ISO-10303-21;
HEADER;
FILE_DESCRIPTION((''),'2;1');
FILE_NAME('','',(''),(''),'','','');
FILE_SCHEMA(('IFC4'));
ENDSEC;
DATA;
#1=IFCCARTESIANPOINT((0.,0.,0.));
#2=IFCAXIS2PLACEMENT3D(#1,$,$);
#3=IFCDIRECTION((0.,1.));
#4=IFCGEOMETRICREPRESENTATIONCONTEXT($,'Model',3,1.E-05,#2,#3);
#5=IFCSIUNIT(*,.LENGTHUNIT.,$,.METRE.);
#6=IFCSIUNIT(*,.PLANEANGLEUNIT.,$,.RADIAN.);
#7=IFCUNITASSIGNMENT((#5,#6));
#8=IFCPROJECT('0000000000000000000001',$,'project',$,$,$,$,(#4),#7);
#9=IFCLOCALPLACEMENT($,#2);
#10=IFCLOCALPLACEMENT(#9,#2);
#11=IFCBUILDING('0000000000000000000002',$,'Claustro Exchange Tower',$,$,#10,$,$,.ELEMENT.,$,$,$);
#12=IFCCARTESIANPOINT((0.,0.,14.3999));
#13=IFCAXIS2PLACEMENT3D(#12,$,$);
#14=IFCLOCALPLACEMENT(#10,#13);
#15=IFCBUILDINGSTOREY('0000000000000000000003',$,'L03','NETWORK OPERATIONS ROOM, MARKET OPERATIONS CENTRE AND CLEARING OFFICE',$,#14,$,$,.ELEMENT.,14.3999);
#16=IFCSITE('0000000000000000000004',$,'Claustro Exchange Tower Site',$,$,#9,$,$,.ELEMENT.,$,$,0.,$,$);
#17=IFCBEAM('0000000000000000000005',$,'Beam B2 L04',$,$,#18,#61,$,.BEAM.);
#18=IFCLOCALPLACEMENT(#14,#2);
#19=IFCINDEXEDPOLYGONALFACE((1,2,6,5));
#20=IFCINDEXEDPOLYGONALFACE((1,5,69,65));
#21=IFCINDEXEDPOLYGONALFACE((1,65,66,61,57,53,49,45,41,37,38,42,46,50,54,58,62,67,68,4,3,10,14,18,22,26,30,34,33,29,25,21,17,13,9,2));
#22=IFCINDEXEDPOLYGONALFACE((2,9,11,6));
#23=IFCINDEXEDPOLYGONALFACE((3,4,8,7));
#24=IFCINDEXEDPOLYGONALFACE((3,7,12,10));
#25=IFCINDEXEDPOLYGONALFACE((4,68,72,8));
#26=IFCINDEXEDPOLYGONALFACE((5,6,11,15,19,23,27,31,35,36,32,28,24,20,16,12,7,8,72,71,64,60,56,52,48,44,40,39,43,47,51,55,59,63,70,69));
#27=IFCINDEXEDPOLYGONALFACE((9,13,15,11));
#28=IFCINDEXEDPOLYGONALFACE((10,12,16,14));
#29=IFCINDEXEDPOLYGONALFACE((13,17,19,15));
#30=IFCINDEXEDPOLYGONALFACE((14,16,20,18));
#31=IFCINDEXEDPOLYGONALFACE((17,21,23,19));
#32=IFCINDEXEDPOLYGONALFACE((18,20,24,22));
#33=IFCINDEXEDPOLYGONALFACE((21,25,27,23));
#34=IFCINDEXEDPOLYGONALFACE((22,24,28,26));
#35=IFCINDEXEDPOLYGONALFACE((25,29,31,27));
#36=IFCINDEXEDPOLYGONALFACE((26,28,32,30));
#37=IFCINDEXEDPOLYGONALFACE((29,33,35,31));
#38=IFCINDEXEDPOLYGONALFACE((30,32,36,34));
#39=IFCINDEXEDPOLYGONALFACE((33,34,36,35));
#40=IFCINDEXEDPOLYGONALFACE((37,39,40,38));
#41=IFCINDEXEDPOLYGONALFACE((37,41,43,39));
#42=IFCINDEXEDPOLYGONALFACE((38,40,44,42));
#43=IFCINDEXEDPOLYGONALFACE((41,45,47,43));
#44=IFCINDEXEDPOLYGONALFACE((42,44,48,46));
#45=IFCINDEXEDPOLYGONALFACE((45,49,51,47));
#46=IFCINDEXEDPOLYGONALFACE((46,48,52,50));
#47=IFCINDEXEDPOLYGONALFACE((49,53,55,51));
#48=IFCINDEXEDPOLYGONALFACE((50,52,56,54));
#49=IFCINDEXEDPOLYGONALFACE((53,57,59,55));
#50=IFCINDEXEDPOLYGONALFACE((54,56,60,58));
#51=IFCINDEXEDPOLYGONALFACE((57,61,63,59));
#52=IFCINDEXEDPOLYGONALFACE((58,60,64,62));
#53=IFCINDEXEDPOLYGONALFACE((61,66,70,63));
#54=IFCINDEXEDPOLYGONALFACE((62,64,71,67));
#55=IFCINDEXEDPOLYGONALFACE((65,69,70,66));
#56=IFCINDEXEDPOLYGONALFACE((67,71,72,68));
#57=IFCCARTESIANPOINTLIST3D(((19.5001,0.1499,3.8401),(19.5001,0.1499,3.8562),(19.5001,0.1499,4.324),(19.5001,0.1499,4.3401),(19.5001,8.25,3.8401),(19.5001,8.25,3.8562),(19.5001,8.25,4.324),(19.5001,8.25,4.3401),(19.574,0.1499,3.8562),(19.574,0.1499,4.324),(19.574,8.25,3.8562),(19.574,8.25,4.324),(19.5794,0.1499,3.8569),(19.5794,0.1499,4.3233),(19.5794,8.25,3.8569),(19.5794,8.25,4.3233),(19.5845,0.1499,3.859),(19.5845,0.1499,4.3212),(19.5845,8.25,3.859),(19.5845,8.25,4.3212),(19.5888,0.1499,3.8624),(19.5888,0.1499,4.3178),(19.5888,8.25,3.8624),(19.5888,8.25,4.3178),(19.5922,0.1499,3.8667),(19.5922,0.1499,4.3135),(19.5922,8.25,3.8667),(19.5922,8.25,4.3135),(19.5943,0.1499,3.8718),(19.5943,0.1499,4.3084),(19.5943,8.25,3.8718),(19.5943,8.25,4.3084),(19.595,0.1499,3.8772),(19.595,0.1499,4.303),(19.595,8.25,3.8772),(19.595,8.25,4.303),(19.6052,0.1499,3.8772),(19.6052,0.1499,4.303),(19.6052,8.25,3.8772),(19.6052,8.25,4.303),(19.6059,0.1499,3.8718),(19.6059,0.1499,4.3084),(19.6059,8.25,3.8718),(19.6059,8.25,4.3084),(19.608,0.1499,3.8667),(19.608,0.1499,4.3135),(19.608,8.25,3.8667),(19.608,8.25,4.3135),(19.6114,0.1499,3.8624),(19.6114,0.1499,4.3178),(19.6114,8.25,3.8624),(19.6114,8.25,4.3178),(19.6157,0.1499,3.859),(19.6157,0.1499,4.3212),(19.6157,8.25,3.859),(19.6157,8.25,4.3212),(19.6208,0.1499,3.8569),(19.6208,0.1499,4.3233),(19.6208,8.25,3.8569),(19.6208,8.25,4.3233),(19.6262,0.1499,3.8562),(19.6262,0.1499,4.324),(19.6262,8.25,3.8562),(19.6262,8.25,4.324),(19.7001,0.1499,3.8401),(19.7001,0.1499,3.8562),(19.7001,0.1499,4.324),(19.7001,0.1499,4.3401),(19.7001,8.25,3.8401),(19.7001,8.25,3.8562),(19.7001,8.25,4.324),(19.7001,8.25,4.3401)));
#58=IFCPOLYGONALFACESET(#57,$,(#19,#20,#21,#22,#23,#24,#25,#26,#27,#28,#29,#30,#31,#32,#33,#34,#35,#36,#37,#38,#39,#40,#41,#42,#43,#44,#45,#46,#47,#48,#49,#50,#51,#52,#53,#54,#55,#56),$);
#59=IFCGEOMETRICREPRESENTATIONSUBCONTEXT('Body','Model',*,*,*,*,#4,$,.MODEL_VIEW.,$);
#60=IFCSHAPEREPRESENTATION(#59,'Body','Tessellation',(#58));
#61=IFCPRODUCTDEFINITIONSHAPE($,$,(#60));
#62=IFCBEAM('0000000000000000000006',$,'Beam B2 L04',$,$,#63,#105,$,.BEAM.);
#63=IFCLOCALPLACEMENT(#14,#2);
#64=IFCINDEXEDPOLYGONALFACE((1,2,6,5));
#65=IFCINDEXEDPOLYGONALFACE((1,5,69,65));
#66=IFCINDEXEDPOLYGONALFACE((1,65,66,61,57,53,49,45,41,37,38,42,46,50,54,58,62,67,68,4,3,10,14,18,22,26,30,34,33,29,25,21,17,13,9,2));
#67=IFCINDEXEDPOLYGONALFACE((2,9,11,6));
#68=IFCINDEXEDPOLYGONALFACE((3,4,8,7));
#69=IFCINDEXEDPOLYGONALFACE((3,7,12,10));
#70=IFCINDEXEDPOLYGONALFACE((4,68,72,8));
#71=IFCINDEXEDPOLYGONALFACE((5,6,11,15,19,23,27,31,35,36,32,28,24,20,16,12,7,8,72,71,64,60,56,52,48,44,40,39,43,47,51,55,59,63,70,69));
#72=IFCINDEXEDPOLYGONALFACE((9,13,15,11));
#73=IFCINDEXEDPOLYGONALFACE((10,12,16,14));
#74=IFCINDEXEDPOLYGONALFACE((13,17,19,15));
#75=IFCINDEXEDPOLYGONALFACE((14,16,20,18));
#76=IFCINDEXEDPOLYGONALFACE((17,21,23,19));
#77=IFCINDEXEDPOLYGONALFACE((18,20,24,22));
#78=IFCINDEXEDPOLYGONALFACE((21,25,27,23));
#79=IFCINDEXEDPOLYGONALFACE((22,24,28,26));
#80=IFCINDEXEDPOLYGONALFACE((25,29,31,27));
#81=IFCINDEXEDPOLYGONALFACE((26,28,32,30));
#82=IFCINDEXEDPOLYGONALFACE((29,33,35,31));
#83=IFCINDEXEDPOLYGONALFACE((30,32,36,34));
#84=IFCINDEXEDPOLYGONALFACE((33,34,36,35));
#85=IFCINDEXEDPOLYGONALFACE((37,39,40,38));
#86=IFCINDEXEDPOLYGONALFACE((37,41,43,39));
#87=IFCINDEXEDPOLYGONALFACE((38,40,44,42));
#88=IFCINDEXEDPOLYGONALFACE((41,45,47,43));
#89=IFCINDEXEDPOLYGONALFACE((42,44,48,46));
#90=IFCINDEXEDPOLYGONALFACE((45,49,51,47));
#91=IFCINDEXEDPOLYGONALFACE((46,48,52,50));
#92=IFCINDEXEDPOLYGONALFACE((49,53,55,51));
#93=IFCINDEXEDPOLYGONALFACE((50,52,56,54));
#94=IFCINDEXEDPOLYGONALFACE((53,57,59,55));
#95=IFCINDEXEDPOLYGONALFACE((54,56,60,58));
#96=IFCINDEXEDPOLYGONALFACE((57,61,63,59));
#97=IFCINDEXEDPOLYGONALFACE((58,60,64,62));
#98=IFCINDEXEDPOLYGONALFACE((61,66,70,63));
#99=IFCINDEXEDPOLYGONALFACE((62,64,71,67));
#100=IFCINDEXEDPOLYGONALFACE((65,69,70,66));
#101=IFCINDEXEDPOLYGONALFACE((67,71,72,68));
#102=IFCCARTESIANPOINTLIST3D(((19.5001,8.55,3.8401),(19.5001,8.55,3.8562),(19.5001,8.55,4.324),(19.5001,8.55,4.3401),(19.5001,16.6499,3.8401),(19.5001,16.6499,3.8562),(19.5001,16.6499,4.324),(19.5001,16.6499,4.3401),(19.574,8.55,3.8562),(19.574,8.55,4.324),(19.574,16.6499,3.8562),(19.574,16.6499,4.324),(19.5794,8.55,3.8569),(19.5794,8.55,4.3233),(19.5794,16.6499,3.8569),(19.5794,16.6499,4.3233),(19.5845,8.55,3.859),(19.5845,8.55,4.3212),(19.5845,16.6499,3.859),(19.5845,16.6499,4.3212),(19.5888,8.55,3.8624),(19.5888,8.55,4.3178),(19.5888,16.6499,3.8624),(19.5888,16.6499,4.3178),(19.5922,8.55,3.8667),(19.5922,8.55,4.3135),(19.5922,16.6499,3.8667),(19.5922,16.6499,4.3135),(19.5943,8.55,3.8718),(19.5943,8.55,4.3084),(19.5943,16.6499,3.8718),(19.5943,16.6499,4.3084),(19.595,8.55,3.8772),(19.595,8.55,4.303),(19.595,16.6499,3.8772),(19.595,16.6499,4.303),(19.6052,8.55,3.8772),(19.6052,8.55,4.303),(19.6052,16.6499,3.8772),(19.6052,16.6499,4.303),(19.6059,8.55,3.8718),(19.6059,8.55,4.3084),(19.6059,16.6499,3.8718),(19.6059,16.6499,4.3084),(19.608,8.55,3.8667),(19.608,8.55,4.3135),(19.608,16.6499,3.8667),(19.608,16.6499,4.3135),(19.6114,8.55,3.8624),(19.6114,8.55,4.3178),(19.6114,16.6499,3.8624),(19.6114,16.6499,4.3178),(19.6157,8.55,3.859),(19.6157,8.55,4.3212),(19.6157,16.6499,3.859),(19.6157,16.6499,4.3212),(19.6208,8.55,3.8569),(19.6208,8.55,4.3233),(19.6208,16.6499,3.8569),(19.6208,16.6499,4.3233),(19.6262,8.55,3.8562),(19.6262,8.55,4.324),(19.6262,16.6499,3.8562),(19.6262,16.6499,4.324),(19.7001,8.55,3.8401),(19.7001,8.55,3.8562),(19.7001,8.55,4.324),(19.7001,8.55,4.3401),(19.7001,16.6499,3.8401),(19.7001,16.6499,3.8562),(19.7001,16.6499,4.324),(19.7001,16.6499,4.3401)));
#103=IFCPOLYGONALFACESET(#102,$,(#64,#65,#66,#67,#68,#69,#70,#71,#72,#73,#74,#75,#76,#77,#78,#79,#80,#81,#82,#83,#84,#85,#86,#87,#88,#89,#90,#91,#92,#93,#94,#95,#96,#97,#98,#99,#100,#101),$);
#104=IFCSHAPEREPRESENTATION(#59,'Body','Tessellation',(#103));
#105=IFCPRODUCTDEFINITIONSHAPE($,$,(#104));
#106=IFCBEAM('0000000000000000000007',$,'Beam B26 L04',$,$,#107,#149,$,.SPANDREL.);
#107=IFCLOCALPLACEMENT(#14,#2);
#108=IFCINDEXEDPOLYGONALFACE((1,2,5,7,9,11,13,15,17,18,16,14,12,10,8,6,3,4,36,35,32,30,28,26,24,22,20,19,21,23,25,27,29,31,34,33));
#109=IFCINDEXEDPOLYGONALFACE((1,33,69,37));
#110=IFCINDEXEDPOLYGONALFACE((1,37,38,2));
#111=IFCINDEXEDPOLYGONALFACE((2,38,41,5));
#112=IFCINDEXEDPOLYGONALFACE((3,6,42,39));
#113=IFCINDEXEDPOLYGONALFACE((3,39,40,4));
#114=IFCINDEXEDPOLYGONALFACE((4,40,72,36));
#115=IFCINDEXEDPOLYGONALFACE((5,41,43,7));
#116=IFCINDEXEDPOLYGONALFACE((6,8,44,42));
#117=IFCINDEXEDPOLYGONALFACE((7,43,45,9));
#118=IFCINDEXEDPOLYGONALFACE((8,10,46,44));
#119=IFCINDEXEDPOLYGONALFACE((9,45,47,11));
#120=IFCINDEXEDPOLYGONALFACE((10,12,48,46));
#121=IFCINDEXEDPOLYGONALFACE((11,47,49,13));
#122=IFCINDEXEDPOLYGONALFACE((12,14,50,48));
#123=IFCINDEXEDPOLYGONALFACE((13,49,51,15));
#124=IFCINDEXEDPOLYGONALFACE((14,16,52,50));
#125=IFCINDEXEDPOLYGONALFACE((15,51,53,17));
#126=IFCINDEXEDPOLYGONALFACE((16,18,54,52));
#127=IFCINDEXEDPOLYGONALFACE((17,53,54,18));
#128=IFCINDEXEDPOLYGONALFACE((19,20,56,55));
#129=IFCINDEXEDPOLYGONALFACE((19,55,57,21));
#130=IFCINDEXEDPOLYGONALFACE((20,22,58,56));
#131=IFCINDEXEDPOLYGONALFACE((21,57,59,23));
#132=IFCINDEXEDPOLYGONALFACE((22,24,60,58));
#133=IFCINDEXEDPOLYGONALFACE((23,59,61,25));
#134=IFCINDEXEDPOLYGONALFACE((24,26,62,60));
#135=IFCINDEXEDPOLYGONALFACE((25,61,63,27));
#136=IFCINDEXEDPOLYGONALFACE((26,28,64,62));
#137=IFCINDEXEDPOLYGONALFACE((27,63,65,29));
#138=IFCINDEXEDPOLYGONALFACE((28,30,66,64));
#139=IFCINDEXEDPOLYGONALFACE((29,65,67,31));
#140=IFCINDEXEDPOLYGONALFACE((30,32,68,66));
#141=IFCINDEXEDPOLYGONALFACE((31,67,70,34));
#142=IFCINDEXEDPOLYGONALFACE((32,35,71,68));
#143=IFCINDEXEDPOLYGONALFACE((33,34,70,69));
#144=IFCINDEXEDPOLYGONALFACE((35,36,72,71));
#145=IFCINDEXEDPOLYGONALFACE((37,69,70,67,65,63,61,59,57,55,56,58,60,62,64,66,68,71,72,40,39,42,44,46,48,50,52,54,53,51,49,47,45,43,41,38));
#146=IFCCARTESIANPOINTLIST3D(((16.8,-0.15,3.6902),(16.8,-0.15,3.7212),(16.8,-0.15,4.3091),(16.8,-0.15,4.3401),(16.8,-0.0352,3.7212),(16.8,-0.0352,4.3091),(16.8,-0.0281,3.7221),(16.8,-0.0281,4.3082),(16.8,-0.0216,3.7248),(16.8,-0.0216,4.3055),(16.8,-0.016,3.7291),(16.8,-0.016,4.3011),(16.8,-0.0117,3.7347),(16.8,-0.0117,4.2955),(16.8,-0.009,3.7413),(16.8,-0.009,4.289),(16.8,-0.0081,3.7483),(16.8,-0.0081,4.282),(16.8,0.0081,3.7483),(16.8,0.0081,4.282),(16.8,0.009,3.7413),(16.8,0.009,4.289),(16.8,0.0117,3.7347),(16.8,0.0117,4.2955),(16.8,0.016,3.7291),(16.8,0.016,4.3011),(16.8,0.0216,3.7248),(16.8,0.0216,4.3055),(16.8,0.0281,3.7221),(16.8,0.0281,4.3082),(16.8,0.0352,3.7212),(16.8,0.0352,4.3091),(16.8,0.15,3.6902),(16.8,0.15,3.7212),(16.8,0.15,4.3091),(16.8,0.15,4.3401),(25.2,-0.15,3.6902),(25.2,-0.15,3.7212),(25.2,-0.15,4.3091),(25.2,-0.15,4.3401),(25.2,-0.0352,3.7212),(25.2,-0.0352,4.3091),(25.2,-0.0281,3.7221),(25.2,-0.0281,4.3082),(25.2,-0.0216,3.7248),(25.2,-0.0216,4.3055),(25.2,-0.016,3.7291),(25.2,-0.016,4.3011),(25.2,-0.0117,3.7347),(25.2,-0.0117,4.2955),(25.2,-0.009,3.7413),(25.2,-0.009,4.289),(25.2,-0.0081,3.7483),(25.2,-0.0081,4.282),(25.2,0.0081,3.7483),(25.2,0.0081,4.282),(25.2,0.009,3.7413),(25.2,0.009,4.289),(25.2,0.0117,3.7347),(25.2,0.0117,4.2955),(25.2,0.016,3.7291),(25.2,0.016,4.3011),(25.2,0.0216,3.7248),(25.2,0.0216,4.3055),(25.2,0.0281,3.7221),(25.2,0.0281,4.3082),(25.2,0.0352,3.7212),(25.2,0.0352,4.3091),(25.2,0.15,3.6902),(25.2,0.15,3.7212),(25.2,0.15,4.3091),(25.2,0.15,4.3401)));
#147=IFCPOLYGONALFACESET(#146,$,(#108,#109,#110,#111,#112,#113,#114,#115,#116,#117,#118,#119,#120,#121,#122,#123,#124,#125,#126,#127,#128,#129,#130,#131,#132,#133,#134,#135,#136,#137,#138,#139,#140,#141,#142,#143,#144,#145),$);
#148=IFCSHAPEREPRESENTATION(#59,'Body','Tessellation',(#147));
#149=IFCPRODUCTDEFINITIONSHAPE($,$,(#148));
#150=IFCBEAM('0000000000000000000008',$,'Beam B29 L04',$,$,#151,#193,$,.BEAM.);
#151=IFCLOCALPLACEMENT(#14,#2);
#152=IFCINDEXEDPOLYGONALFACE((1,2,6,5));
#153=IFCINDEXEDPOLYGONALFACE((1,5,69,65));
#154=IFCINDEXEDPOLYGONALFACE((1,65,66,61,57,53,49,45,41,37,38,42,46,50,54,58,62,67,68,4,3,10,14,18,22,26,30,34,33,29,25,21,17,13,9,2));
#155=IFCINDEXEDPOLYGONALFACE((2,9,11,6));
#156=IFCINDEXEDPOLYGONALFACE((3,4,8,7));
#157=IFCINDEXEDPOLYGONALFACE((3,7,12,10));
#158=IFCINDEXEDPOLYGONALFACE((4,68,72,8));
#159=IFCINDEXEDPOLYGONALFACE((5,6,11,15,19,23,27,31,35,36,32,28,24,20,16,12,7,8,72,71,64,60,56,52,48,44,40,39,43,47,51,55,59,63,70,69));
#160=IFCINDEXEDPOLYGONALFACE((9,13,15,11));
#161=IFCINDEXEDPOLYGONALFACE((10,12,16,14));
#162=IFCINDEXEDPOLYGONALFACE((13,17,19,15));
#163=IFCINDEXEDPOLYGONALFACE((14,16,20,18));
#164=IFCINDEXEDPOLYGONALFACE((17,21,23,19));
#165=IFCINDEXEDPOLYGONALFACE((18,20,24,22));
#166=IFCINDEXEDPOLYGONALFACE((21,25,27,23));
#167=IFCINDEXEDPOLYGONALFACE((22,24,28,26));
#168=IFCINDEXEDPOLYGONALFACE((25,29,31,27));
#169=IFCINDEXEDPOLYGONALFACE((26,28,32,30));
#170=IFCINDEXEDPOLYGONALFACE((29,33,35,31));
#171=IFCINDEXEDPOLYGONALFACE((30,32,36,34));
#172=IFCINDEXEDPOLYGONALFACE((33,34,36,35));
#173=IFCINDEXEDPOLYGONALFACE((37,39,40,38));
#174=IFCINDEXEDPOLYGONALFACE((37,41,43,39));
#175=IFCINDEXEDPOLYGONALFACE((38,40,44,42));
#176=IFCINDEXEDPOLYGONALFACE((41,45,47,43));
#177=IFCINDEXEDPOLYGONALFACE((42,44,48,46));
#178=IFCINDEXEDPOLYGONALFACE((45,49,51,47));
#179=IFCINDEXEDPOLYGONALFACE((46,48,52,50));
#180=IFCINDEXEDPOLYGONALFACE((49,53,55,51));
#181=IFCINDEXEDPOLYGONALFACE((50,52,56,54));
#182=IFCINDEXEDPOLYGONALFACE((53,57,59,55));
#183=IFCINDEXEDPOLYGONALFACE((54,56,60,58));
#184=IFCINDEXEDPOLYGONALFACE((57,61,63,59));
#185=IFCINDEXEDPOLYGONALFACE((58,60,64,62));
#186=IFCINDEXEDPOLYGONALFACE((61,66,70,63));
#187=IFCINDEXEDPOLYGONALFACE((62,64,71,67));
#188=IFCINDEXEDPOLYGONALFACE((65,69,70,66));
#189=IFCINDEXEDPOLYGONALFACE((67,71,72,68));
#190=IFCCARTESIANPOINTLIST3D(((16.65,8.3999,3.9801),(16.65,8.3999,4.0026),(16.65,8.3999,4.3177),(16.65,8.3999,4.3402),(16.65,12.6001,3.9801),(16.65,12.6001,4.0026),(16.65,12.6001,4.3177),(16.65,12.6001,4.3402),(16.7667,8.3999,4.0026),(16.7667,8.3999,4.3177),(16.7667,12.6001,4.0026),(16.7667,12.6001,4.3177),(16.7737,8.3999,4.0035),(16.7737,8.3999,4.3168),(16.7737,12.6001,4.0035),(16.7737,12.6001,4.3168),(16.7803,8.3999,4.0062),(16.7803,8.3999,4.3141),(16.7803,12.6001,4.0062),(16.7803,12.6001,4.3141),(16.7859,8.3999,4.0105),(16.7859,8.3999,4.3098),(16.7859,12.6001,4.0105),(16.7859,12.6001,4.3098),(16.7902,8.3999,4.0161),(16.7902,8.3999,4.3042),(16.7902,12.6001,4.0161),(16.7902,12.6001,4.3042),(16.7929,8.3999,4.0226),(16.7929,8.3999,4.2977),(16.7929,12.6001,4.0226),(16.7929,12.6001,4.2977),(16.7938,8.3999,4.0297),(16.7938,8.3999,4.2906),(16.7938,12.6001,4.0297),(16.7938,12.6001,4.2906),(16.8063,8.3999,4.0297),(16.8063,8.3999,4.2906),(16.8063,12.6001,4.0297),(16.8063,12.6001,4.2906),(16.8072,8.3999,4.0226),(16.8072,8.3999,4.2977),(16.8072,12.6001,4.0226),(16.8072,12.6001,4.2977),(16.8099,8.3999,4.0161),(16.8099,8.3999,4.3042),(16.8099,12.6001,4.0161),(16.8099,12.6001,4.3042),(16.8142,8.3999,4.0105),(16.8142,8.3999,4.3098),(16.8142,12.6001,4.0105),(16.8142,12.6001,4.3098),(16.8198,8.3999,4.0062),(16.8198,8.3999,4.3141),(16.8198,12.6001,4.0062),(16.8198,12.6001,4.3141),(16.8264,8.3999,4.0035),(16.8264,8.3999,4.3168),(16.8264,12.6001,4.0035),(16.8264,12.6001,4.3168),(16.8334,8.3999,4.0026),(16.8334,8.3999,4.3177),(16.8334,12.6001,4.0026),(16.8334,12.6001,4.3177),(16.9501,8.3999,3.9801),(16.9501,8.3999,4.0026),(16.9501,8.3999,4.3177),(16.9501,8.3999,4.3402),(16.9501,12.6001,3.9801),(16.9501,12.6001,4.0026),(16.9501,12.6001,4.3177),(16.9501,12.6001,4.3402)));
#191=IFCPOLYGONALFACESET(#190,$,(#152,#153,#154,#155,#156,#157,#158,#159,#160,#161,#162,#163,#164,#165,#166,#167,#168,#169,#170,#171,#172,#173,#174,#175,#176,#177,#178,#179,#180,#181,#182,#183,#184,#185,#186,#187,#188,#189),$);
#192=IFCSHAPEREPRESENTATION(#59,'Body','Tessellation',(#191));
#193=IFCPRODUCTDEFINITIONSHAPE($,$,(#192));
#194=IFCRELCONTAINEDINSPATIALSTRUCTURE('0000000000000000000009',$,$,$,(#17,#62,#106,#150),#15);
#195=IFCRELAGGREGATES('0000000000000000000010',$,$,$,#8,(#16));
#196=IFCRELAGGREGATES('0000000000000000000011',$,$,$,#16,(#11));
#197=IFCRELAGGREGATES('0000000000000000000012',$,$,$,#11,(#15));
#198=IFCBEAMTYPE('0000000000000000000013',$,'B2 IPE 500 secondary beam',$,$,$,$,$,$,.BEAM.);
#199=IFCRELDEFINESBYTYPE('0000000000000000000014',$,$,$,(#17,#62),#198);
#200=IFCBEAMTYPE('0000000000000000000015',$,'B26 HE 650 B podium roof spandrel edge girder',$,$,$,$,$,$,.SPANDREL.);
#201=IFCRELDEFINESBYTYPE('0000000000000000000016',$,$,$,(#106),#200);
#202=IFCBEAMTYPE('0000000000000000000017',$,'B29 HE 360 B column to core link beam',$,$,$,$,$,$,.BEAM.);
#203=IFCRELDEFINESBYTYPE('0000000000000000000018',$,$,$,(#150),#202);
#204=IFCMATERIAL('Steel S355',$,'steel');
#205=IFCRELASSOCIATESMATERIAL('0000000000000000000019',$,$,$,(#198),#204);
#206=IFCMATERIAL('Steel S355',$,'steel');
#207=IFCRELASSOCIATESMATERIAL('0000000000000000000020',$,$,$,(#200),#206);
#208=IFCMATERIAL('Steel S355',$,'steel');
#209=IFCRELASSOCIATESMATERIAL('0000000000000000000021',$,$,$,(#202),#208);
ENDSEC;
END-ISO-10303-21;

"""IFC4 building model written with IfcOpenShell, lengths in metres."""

from ifc_helpers import new_model, si_unit, direction, frame, origin, origin_2d, place, context, subcontext, project, spatial, i_section, extrude, material, material_profile, profile_set, type_object, element, save


model = new_model("IFC4")

# Units and contexts
model_context = context("Model", 3, precision=1e-05, world=origin(), true_north=direction((0.0, 1.0)))
body_context = subcontext(model_context, "Body", "Model", "MODEL_VIEW")
ifc_project = project(units=[si_unit("LENGTHUNIT", "METRE"), si_unit("PLANEANGLEUNIT", "RADIAN")], contexts=[model_context])

# Site, building, storey
site_placement = place(None, origin())
site = spatial("IfcSite", under=ifc_project, at=site_placement, Name="Claustro Exchange Tower Site", CompositionType="ELEMENT", RefElevation=0.0)
building_placement = place(site_placement, origin())
building = spatial("IfcBuilding", under=site, at=building_placement, Name="Claustro Exchange Tower", CompositionType="ELEMENT")
storey_placement = place(building_placement, frame((0.0, 0.0, 14.3999)))
storey = spatial("IfcBuildingStorey", under=building, at=storey_placement, Name="L03", Description="NETWORK OPERATIONS ROOM, MARKET OPERATIONS CENTRE AND CLEARING OFFICE", CompositionType="ELEMENT", Elevation=14.3999)

# Beams
ifc_material_1 = material(Name="Steel S355", Category="steel")
ifc_material_profile_1 = material_profile(ifc_material_1, i_section(OverallWidth=0.2, OverallDepth=0.5, WebThickness=0.0103, FlangeThickness=0.0161, FilletRadius=0.021, at=origin_2d()), Name="IPE 500")
ifc_profile_set_1 = profile_set([ifc_material_profile_1], Name="Steel S355")
beam_type_1 = type_object("IfcBeamType", Name="B2 IPE 500 secondary beam", PredefinedType="BEAM", material=ifc_profile_set_1)
for number, where, z_axis, x_axis, name in (
    (1, (19.6001, 0.1499, 4.0901), (0.0, 1.0, 0.0), (-1.0, 0.0, 0.0), "Beam B2 L04"),
):
    element("IfcBeam", number, at=place(storey_placement, frame(where, z_axis=z_axis, x_axis=x_axis)), inside=storey, type_object=beam_type_1, Name=name, PredefinedType="BEAM", context=body_context, shape_type="SweptSolid", body=[
        extrude(i_section(OverallWidth=0.2, OverallDepth=0.5, WebThickness=0.0103, FlangeThickness=0.0161, FilletRadius=0.021, at=origin_2d()), origin(), (0.0, 0.0, 1.0), 8.1001),
    ])
beam_1_placement = place(storey_placement, frame((19.6001, 8.55, 4.0901), z_axis=(0.0, 1.0, 0.0), x_axis=(-1.0, 0.0, 0.0)))
element("IfcBeam", 2, at=beam_1_placement, inside=storey, type_object=beam_type_1, Name="Beam B2 L04", PredefinedType="BEAM", context=body_context, shape_type="SweptSolid", body=[
    extrude(i_section(OverallWidth=0.2, OverallDepth=0.5, WebThickness=0.0103, FlangeThickness=0.0161, FilletRadius=0.021, at=origin_2d()), origin(), (0.0, 0.0, 1.0), 8.0999),
])
ifc_material_2 = material(Name="Steel S355", Category="steel")
ifc_material_profile_2 = material_profile(ifc_material_2, i_section(OverallWidth=0.3, OverallDepth=0.6499, WebThickness=0.0161, FlangeThickness=0.031, FilletRadius=0.0271, at=origin_2d()), Name="HE 650 B")
ifc_profile_set_2 = profile_set([ifc_material_profile_2], Name="Steel S355")
beam_type_2 = type_object("IfcBeamType", Name="B26 HE 650 B podium roof spandrel edge girder", PredefinedType="SPANDREL", material=ifc_profile_set_2)
beam_2_placement = place(storey_placement, frame((16.8, 0.0, 4.0151), z_axis=(1.0, 0.0, 0.0), x_axis=(0.0, 1.0, 0.0)))
element("IfcBeam", 3, at=beam_2_placement, inside=storey, type_object=beam_type_2, Name="Beam B26 L04", PredefinedType="SPANDREL", context=body_context, shape_type="SweptSolid", body=[
    extrude(i_section(OverallWidth=0.3, OverallDepth=0.6499, WebThickness=0.0161, FlangeThickness=0.031, FilletRadius=0.0271, at=origin_2d()), origin(), (0.0, 0.0, 1.0), 8.3999),
])
ifc_material_3 = material(Name="Steel S355", Category="steel")
ifc_material_profile_3 = material_profile(ifc_material_3, i_section(OverallWidth=0.3, OverallDepth=0.3601, WebThickness=0.0125, FlangeThickness=0.0225, FilletRadius=0.0271, at=origin_2d()), Name="HE 360 B")
ifc_profile_set_3 = profile_set([ifc_material_profile_3], Name="Steel S355")
beam_type_3 = type_object("IfcBeamType", Name="B29 HE 360 B column to core link beam", PredefinedType="BEAM", material=ifc_profile_set_3)
beam_3_placement = place(storey_placement, frame((16.8, 8.3999, 4.1602), z_axis=(0.0, 1.0, 0.0), x_axis=(-1.0, 0.0, 0.0)))
element("IfcBeam", 4, at=beam_3_placement, inside=storey, type_object=beam_type_3, Name="Beam B29 L04", PredefinedType="BEAM", context=body_context, shape_type="SweptSolid", body=[
    extrude(i_section(OverallWidth=0.3, OverallDepth=0.3601, WebThickness=0.0125, FlangeThickness=0.0225, FilletRadius=0.0271, at=origin_2d()), origin(), (0.0, 0.0, 1.0), 4.2002),
])

save(model, "model.ifc")
